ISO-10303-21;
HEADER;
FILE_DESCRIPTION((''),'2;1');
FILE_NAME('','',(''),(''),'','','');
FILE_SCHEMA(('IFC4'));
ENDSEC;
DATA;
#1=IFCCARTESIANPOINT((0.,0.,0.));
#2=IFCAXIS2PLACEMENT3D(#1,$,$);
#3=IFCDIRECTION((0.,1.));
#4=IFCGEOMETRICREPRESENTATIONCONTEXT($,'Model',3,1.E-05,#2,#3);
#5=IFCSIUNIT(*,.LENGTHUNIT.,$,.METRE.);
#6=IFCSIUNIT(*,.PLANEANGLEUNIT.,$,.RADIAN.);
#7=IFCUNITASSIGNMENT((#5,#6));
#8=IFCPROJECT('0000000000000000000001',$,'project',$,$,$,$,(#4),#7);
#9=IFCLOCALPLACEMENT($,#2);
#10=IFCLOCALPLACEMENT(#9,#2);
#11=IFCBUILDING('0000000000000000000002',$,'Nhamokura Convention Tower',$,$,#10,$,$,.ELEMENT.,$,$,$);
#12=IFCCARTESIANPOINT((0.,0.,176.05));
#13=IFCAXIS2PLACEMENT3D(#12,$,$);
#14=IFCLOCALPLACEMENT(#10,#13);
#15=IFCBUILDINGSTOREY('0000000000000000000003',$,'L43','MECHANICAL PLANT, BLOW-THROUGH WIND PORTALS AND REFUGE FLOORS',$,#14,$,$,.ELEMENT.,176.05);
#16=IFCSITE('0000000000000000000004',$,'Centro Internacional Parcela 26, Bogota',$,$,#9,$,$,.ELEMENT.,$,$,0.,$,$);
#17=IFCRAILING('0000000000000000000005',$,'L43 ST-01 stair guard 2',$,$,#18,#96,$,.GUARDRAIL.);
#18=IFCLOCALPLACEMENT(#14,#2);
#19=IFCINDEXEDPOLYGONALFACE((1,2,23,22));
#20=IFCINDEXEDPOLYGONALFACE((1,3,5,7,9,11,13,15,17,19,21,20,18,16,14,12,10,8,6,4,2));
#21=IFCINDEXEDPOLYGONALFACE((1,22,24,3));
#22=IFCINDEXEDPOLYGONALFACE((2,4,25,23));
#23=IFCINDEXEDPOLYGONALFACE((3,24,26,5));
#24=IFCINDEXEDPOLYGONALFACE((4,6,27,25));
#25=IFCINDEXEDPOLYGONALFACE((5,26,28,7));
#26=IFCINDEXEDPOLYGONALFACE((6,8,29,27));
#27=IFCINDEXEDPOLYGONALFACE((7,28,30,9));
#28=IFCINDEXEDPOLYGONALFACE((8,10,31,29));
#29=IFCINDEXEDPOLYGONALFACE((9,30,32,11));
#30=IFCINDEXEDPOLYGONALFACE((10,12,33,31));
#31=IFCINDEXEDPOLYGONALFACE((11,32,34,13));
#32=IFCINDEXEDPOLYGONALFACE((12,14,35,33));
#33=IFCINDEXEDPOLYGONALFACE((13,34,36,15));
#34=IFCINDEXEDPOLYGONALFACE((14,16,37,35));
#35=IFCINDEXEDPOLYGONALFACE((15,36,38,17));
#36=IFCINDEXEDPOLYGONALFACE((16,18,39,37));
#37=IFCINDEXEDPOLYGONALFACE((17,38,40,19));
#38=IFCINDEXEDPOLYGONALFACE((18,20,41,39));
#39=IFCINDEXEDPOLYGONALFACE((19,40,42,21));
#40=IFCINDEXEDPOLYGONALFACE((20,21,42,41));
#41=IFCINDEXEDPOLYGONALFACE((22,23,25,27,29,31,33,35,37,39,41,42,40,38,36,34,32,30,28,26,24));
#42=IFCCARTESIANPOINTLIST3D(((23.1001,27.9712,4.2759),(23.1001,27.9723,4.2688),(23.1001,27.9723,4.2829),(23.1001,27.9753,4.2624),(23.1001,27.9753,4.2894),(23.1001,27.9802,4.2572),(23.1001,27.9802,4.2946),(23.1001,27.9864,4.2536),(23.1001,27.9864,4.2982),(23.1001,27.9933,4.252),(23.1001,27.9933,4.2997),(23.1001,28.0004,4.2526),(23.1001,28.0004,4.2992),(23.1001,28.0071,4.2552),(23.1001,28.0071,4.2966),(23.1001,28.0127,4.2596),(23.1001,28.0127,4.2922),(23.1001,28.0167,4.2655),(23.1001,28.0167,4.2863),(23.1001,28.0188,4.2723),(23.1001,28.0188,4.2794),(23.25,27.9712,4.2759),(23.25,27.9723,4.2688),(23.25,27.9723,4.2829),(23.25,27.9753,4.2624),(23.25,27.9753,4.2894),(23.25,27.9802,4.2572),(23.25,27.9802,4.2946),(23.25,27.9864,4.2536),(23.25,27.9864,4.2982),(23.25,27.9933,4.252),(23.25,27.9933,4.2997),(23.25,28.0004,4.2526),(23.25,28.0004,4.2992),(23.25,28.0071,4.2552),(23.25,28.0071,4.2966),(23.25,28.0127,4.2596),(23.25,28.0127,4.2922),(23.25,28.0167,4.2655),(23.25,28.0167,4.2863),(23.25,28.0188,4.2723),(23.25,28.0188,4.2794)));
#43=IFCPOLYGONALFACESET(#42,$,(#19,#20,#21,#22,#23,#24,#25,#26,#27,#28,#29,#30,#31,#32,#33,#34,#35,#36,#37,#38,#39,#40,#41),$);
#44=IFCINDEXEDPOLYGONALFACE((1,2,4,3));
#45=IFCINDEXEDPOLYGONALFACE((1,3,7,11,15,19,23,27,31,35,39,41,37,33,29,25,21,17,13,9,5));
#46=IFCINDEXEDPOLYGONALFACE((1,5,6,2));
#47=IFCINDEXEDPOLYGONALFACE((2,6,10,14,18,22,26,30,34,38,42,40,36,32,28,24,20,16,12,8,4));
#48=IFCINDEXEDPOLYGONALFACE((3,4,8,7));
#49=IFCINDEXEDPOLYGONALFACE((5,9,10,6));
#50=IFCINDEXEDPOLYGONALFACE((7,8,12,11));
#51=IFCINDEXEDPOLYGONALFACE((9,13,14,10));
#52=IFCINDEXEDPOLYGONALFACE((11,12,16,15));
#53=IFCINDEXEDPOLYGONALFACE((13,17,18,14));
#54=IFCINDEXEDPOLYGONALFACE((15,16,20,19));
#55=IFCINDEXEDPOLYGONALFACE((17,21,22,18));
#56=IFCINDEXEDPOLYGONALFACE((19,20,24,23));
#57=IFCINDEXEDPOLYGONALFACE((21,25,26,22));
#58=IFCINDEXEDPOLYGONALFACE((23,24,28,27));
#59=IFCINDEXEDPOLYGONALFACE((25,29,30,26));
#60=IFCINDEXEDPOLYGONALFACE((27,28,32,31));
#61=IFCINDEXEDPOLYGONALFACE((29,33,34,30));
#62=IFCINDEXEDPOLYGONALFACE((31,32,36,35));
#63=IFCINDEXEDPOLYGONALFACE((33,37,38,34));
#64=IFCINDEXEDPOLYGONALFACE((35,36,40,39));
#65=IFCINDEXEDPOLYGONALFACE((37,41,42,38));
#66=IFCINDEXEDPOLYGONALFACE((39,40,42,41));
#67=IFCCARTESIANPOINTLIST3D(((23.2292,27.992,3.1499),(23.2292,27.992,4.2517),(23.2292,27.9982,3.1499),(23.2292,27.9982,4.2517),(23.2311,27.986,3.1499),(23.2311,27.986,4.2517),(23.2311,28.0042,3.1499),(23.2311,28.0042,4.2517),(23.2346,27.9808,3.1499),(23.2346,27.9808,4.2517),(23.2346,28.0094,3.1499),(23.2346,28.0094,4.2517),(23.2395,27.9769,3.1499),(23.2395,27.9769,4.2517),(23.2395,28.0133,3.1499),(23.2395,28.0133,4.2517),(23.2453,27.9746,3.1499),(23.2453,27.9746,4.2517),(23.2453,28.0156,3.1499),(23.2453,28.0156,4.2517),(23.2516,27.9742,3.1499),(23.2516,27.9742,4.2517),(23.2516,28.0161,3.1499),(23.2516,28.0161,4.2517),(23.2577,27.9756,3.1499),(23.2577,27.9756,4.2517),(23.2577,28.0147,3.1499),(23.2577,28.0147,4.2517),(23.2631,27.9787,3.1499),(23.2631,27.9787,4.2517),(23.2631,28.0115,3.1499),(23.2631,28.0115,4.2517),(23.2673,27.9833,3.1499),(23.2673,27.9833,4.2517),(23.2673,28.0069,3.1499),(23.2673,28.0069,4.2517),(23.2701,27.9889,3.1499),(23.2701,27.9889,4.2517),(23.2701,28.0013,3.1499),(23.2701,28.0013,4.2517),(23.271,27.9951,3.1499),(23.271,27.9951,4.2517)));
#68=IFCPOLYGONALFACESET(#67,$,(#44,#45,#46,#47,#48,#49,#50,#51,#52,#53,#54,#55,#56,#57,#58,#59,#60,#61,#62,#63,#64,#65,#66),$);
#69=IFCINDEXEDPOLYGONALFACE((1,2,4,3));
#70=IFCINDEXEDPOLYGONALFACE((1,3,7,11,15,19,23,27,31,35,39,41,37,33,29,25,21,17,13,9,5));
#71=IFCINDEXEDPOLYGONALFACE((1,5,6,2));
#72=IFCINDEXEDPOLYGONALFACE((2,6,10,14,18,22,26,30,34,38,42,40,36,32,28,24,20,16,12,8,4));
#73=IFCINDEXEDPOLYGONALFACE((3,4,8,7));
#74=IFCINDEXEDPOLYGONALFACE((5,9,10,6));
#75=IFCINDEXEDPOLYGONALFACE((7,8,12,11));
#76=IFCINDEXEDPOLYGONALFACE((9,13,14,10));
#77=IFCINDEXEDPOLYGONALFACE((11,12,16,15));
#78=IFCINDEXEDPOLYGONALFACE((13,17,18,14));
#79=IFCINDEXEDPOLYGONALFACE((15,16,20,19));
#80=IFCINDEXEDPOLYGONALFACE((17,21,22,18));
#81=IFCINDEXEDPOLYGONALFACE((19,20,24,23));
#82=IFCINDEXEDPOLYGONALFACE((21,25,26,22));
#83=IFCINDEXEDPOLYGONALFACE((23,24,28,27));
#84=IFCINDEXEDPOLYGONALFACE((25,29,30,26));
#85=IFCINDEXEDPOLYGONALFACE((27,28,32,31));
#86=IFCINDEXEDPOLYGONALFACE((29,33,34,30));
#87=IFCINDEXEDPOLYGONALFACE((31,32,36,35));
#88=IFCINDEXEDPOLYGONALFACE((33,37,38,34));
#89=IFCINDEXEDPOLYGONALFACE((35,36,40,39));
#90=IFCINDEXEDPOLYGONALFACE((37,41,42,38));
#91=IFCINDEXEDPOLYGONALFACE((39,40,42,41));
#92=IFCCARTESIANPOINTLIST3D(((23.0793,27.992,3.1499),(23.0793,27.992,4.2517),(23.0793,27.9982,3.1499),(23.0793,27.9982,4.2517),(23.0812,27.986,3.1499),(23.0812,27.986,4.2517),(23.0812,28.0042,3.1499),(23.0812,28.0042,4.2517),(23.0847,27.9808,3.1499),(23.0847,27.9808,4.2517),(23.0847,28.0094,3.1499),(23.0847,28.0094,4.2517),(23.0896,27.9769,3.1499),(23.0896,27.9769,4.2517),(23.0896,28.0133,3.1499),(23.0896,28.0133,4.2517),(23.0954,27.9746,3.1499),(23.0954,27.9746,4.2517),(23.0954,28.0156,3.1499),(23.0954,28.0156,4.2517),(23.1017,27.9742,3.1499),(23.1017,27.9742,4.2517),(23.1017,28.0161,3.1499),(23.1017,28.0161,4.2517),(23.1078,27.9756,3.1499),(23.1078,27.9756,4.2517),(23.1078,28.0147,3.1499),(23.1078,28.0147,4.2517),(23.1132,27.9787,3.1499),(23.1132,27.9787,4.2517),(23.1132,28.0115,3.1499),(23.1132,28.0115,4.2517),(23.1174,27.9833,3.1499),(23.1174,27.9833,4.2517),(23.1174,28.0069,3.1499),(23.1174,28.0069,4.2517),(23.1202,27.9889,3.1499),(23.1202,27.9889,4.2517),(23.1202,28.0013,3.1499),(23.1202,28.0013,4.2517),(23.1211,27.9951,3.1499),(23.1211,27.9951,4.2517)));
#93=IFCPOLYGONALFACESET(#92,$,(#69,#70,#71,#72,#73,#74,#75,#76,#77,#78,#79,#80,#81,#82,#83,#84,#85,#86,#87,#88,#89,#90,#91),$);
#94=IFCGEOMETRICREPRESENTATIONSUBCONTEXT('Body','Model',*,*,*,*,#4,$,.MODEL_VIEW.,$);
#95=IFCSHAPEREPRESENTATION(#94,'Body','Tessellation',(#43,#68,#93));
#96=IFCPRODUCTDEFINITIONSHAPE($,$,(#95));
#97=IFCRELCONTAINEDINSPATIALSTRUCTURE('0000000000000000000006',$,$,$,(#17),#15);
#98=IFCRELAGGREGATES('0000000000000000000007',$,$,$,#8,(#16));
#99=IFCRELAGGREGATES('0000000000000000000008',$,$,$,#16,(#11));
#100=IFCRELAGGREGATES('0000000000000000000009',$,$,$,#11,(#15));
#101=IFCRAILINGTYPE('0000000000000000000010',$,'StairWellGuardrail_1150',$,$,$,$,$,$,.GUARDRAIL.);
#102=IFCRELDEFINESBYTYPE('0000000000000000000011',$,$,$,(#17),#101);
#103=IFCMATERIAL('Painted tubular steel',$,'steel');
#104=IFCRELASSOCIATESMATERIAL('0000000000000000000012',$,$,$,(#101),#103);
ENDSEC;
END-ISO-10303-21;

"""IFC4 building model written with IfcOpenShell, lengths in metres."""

from ifc_helpers import new_model, si_unit, direction, frame, origin, origin_2d, place, context, subcontext, project, spatial, circle, extrude, material, type_object, element, save


model = new_model("IFC4")

# Units and contexts
model_context = context("Model", 3, precision=1e-05, world=origin(), true_north=direction((0.0, 1.0)))
body_context = subcontext(model_context, "Body", "Model", "MODEL_VIEW")
ifc_project = project(units=[si_unit("LENGTHUNIT", "METRE"), si_unit("PLANEANGLEUNIT", "RADIAN")], contexts=[model_context])

# Site, building, storey
site_placement = place(None, origin())
site = spatial("IfcSite", under=ifc_project, at=site_placement, Name="Centro Internacional Parcela 26, Bogota", CompositionType="ELEMENT", RefElevation=0.0)
building_placement = place(site_placement, origin())
building = spatial("IfcBuilding", under=site, at=building_placement, Name="Nhamokura Convention Tower", CompositionType="ELEMENT")
storey_placement = place(building_placement, frame((0.0, 0.0, 176.05)))
storey = spatial("IfcBuildingStorey", under=building, at=storey_placement, Name="L43", Description="MECHANICAL PLANT, BLOW-THROUGH WIND PORTALS AND REFUGE FLOORS", CompositionType="ELEMENT", Elevation=176.05)

# Railing
ifc_material_1 = material(Name="Painted tubular steel", Category="steel")
railing_type_1 = type_object("IfcRailingType", Name="StairWellGuardrail_1150", PredefinedType="GUARDRAIL", material=ifc_material_1)
railing_1_placement = place(storey_placement, frame((23.25, 27.9951, 3.1499)))
element("IfcRailing", 1, at=railing_1_placement, inside=storey, type_object=railing_type_1, Name="L43 ST-01 stair guard 2", PredefinedType="GUARDRAIL", context=body_context, shape_type="SweptSolid", body=[
    extrude(circle(Radius=0.0239, at=origin_2d()), frame((0.0, 0.0, 1.126), z_axis=(-1.0, 0.0, 0.0), x_axis=(0.0, -1.0, 0.0)), (0.0, 0.0, 1.0), 0.1499),
    extrude(circle(Radius=0.021, at=origin_2d()), origin(), (0.0, 0.0, 1.0), 1.1018),
    extrude(circle(Radius=0.021, at=origin_2d()), frame((-0.1499, 0.0, 0.0)), (0.0, 0.0, 1.0), 1.1018),
])

save(model, "model.ifc")
